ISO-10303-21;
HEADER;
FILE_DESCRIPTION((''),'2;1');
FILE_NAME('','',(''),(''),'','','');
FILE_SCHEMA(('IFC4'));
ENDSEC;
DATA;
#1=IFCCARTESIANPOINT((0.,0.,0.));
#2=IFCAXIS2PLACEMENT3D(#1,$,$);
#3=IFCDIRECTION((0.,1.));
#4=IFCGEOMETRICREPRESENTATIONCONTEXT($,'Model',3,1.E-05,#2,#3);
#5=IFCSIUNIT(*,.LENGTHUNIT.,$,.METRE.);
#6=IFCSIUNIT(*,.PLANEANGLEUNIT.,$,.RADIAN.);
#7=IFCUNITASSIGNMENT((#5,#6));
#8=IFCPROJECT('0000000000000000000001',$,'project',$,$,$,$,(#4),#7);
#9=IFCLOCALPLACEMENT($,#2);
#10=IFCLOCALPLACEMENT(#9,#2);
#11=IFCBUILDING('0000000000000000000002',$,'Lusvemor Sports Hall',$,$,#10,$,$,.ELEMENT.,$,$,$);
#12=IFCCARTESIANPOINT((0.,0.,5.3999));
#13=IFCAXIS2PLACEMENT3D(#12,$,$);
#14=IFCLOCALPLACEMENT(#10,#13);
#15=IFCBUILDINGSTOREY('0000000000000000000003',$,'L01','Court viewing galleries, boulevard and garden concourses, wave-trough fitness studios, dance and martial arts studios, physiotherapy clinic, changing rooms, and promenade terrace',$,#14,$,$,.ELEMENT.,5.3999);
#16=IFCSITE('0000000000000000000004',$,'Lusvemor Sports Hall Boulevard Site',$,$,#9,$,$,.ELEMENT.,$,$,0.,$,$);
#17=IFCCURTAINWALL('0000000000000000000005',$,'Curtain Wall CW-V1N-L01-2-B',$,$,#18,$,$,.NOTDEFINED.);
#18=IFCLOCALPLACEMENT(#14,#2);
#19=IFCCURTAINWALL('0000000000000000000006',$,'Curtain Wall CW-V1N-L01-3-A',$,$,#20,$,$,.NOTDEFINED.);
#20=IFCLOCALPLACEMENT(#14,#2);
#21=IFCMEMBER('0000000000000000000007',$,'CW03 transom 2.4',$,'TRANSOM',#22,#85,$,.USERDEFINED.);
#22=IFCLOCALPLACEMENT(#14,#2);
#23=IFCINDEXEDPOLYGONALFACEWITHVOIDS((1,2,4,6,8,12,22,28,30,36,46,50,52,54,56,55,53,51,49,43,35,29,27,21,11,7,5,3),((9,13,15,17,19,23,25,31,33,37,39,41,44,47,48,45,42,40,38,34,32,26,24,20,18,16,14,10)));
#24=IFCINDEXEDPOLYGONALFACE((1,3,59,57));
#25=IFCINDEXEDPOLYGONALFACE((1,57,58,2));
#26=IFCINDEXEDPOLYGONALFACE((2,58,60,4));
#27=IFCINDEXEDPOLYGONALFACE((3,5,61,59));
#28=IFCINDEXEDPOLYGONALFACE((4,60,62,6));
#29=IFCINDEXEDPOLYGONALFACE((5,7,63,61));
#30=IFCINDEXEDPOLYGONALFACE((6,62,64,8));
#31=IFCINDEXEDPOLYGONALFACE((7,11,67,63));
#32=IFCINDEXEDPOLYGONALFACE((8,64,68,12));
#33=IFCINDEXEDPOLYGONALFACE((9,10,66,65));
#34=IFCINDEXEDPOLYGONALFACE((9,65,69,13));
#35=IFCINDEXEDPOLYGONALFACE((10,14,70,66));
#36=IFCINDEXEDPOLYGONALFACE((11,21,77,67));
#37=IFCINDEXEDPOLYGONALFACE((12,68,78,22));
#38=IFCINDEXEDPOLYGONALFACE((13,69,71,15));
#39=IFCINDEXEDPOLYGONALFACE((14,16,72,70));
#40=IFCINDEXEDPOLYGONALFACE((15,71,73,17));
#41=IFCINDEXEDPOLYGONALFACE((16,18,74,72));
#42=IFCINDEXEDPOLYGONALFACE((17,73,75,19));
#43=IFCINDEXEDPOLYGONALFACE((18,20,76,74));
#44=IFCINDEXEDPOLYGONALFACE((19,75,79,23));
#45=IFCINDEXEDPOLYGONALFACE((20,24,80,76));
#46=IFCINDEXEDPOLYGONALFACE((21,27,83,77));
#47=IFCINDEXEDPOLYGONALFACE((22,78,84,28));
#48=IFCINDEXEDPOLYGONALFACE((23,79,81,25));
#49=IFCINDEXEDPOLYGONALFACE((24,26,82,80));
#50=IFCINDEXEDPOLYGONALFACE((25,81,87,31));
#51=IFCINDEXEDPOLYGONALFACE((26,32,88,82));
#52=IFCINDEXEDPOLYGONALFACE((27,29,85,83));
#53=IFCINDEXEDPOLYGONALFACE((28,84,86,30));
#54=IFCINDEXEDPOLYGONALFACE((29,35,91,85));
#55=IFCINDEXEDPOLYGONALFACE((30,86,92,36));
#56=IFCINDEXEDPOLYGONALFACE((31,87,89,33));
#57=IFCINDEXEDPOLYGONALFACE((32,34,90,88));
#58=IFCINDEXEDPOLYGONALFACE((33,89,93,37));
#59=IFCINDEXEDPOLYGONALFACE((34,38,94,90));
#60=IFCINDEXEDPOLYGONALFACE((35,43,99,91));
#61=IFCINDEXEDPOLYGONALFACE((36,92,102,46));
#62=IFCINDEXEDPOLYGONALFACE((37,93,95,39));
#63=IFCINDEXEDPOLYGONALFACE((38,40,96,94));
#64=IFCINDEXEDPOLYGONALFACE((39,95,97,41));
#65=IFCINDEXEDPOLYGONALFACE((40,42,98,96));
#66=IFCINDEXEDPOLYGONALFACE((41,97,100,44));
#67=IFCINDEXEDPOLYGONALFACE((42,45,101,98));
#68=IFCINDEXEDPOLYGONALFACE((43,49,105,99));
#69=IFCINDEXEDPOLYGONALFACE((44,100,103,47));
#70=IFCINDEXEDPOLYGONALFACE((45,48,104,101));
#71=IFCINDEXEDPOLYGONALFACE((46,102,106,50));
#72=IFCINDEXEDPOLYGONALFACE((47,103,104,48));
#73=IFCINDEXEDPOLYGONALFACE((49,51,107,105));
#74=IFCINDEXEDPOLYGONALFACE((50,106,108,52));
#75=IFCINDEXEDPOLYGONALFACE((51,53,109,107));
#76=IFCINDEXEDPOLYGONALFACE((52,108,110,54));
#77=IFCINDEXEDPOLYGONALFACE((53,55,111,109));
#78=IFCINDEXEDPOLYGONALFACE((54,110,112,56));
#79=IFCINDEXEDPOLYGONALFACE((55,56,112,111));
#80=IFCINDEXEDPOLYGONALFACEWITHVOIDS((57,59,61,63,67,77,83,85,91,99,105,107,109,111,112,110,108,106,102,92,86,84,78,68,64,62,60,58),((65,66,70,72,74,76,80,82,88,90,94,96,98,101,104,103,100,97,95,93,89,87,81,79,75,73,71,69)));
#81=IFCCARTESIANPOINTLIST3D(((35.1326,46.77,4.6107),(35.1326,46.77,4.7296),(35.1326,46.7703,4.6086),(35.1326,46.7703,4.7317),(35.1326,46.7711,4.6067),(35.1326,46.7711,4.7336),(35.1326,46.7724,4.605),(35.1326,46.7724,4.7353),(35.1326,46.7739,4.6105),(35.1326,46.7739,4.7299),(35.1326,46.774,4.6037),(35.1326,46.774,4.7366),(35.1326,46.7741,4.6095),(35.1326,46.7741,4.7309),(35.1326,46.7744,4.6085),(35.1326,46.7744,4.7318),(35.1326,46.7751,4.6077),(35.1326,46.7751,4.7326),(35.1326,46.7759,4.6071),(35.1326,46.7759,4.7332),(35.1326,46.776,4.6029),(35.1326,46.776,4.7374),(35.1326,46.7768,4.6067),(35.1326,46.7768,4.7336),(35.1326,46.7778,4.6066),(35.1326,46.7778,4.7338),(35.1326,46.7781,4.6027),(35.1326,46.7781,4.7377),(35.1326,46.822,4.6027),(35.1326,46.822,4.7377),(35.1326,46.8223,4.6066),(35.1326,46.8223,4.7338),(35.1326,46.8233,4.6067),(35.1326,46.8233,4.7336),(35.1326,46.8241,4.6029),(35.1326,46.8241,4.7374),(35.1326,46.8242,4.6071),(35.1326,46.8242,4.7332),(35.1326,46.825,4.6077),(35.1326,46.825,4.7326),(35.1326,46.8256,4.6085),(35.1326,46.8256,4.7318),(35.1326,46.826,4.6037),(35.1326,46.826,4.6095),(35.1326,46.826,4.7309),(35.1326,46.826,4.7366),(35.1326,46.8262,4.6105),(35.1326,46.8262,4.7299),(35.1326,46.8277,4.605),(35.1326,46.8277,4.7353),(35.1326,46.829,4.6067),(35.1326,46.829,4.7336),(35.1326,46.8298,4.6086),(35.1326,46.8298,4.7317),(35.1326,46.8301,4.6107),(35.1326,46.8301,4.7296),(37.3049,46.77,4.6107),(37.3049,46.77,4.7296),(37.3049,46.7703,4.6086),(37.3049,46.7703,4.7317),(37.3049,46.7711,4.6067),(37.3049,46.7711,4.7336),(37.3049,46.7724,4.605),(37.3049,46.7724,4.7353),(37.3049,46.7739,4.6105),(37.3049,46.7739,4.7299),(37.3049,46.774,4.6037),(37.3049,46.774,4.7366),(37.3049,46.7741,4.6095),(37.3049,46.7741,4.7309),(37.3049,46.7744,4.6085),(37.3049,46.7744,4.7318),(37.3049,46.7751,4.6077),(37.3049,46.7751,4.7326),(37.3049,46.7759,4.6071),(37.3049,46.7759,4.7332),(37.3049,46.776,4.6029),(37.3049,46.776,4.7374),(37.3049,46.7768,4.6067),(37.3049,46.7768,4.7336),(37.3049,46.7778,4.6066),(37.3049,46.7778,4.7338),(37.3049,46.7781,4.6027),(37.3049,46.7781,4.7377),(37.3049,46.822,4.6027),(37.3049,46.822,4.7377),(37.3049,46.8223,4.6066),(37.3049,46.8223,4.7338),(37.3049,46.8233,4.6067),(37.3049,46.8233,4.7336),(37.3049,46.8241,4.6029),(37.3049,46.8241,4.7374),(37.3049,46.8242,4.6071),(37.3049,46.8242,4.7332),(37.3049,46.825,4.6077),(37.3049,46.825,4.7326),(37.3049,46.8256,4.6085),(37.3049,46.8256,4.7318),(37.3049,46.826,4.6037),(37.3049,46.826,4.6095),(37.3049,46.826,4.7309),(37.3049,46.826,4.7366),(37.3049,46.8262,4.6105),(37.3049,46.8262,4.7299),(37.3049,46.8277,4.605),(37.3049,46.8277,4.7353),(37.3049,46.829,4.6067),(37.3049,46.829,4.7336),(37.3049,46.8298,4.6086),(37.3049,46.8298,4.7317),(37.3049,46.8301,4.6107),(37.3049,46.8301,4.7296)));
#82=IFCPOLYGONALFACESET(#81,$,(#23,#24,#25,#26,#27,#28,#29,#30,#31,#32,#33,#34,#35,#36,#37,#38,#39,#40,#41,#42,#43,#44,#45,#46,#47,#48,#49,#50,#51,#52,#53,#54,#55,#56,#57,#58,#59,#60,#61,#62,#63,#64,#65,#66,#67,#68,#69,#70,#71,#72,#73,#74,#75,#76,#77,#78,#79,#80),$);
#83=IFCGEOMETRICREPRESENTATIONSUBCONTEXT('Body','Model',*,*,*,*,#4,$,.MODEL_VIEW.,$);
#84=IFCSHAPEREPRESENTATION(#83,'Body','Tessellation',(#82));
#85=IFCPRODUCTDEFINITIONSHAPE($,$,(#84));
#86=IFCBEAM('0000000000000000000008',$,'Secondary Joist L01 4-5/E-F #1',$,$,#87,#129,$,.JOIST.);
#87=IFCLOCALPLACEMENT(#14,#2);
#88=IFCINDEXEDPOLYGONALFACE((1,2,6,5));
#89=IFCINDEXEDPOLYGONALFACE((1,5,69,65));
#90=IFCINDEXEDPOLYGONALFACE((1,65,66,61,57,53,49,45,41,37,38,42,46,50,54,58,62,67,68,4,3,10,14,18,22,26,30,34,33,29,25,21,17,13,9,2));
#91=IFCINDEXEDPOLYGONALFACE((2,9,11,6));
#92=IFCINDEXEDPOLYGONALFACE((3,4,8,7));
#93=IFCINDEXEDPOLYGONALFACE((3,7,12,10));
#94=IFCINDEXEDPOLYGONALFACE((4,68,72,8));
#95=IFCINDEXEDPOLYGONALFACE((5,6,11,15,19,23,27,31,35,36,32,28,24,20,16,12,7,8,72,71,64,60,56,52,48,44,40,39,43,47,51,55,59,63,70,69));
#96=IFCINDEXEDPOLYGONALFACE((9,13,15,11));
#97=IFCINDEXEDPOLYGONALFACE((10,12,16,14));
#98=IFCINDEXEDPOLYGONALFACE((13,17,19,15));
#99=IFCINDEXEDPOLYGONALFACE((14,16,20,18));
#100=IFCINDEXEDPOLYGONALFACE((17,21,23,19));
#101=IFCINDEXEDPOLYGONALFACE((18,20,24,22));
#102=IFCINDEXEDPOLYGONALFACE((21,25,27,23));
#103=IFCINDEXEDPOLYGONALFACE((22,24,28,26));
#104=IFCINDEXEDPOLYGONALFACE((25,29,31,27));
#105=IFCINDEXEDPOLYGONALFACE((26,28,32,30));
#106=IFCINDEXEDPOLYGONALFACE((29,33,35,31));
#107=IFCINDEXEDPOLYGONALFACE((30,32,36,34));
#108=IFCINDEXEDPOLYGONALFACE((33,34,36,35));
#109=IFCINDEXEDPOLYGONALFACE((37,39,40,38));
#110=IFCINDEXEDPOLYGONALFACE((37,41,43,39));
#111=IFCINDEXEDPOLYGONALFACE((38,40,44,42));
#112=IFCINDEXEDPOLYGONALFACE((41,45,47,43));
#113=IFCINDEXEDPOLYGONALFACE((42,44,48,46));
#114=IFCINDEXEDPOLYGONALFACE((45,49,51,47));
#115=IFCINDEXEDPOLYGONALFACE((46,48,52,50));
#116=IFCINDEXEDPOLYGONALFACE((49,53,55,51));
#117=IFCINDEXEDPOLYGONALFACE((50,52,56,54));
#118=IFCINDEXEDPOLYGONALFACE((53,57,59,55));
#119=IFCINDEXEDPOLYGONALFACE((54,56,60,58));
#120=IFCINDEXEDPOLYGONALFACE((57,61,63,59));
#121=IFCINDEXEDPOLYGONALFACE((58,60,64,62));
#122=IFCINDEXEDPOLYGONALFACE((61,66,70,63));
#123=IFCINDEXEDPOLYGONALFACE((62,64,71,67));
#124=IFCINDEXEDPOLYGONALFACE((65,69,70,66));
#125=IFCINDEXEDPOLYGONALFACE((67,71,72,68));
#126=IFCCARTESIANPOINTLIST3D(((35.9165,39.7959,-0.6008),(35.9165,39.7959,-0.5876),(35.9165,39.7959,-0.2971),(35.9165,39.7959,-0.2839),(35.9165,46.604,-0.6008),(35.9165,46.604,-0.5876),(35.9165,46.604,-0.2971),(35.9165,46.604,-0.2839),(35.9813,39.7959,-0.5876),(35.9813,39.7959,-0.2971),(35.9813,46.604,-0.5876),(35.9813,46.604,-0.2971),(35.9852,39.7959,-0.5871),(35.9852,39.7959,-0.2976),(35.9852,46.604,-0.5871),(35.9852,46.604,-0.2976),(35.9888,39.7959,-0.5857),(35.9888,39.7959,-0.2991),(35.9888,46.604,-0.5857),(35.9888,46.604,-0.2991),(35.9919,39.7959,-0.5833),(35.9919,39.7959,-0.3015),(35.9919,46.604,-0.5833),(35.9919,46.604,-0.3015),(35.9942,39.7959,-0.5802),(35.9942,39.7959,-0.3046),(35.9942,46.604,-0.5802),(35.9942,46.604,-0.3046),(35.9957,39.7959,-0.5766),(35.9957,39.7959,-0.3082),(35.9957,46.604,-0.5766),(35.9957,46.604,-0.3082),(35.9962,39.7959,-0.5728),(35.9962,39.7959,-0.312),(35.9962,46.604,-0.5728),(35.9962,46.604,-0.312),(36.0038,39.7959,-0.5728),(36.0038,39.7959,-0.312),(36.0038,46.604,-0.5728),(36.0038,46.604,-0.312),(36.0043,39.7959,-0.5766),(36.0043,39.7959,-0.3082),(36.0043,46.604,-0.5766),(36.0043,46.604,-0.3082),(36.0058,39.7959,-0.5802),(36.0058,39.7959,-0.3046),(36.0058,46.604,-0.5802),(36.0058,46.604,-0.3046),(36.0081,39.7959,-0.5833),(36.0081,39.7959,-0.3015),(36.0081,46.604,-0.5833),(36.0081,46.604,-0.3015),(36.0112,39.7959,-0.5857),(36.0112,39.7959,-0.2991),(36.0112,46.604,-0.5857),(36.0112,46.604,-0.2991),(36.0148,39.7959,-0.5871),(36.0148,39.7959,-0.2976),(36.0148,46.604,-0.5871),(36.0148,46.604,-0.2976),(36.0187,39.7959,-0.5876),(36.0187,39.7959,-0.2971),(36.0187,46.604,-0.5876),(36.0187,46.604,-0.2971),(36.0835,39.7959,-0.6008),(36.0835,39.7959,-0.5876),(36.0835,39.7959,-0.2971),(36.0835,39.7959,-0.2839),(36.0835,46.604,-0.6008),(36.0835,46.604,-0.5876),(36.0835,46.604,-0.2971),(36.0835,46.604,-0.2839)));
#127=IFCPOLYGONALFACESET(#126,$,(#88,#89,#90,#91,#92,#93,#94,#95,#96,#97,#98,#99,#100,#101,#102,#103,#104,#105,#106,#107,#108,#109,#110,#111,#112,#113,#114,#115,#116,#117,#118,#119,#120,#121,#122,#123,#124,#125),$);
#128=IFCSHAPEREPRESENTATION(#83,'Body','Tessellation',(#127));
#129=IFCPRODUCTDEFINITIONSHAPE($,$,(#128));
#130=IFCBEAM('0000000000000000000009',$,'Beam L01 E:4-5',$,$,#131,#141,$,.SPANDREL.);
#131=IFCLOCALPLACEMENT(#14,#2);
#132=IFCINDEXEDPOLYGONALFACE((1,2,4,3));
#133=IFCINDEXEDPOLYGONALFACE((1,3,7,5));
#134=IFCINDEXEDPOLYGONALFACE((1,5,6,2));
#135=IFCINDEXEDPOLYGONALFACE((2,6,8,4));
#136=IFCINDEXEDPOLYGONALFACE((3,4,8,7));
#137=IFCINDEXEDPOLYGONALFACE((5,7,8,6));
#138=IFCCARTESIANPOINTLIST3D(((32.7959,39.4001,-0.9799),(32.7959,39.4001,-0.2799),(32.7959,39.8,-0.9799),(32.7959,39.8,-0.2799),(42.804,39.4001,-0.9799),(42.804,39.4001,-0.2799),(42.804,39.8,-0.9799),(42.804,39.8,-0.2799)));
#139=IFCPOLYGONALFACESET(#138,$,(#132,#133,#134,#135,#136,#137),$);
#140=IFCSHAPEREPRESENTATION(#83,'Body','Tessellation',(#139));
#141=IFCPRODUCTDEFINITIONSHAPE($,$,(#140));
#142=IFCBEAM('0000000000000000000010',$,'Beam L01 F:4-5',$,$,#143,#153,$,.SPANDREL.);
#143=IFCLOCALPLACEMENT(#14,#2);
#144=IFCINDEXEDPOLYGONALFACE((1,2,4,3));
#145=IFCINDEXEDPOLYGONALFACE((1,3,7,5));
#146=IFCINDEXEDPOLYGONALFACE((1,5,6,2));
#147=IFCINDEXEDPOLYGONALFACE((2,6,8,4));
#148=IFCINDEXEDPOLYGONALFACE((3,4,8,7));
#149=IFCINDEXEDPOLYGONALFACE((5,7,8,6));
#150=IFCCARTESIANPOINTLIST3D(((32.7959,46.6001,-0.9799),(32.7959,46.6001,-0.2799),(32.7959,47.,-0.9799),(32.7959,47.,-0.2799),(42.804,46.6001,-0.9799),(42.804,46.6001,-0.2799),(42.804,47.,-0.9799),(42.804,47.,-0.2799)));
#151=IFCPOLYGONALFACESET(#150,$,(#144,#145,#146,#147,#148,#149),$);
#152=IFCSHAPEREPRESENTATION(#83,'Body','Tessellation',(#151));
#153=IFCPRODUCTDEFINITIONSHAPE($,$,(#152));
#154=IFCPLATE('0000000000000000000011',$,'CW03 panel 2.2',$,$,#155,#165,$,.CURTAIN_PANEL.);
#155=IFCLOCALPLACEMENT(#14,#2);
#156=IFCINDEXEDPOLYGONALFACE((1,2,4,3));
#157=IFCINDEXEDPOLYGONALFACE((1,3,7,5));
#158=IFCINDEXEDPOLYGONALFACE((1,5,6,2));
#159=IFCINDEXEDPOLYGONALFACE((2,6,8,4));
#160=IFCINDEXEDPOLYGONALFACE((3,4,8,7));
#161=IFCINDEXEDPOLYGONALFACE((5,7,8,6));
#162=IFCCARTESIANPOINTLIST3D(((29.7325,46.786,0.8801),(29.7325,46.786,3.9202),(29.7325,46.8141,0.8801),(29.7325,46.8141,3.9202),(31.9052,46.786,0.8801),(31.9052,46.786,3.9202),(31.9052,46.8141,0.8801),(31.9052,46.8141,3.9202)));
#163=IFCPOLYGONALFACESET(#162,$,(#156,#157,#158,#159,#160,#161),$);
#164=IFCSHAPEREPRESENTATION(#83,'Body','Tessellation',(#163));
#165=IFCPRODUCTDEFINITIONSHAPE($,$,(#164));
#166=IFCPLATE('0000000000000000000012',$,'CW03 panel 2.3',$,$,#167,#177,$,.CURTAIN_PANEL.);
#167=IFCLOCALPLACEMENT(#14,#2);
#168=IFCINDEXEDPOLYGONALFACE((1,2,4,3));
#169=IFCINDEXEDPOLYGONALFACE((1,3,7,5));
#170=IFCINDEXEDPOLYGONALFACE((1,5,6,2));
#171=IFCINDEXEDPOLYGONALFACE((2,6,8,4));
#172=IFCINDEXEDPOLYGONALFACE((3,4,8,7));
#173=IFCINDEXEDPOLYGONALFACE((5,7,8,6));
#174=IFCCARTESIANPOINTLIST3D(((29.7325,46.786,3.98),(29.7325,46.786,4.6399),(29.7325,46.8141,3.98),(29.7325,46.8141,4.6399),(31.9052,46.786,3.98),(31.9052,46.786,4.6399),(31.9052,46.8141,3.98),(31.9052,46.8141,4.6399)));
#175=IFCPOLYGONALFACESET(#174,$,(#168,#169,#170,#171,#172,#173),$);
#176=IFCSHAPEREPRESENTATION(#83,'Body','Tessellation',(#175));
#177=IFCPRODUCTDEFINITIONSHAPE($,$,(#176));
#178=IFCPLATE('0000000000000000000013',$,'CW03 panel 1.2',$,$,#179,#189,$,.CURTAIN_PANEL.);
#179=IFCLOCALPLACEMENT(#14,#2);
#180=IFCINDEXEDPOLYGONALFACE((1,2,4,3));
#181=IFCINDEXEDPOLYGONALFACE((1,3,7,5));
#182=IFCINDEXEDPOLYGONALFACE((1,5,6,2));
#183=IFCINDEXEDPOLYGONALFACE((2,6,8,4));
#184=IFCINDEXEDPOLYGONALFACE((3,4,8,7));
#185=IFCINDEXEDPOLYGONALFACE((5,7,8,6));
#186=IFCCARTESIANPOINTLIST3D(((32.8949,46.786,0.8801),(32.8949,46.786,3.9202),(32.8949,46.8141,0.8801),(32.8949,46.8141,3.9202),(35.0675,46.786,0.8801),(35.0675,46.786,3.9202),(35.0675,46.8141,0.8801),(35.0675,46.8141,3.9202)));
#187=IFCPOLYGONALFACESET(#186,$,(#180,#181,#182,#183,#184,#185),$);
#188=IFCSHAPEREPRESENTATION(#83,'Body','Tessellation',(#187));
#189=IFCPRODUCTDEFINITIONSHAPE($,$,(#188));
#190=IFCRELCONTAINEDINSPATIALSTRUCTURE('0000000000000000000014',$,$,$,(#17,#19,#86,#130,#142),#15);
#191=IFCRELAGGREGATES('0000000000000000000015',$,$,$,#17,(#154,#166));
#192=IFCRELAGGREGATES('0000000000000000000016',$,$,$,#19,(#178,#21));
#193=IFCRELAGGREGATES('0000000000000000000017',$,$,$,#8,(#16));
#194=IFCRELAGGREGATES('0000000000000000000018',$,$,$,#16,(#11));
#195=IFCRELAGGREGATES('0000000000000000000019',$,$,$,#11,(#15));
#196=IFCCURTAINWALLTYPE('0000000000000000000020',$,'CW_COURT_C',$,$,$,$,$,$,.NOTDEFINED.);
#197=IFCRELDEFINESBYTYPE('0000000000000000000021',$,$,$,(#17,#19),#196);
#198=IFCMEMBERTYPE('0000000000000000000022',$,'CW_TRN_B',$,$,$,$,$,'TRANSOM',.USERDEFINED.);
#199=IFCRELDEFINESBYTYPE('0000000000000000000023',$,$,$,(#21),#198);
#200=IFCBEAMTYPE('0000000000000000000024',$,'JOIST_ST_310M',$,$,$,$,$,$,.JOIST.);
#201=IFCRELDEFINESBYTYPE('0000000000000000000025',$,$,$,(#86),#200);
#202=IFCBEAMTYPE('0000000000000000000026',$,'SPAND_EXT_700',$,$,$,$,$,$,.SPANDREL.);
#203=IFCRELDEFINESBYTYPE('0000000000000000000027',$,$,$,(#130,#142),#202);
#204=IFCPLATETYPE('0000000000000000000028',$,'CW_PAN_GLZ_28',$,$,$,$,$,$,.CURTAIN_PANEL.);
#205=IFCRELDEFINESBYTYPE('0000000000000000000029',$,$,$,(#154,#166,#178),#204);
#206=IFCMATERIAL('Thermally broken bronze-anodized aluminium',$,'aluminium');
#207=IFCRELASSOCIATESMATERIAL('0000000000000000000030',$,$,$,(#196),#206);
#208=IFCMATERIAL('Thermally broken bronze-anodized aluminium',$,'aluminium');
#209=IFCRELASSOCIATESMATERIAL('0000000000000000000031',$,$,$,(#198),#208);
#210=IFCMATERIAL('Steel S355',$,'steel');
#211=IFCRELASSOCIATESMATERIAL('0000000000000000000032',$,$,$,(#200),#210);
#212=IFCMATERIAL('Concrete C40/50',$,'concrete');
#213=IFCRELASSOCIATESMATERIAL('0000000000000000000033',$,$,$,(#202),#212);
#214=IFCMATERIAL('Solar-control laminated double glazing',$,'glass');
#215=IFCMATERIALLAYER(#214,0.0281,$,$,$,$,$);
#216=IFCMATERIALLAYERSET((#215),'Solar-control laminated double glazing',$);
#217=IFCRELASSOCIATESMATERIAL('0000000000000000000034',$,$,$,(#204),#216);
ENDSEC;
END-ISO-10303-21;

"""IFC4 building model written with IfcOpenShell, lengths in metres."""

from ifc_helpers import new_model, si_unit, direction, frame, origin, origin_2d, place, context, subcontext, project, spatial, rectangle, hollow_rectangle, i_section, extrude, material, layer, layer_set, material_profile, profile_set, type_object, element, aggregate, save


model = new_model("IFC4")

# Units and contexts
model_context = context("Model", 3, precision=1e-05, world=origin(), true_north=direction((0.0, 1.0)))
body_context = subcontext(model_context, "Body", "Model", "MODEL_VIEW")
ifc_project = project(units=[si_unit("LENGTHUNIT", "METRE"), si_unit("PLANEANGLEUNIT", "RADIAN")], contexts=[model_context])

# Site, building, storey
site_placement = place(None, origin())
site = spatial("IfcSite", under=ifc_project, at=site_placement, Name="Lusvemor Sports Hall Boulevard Site", CompositionType="ELEMENT", RefElevation=0.0)
building_placement = place(site_placement, origin())
building = spatial("IfcBuilding", under=site, at=building_placement, Name="Lusvemor Sports Hall", CompositionType="ELEMENT")
storey_placement = place(building_placement, frame((0.0, 0.0, 5.3999)))
storey = spatial("IfcBuildingStorey", under=building, at=storey_placement, Name="L01", Description="Court viewing galleries, boulevard and garden concourses, wave-trough fitness studios, dance and martial arts studios, physiotherapy clinic, changing rooms, and promenade terrace", CompositionType="ELEMENT", Elevation=5.3999)

# Curtain wall
ifc_material_1 = material(Name="Thermally broken bronze-anodized aluminium", Category="aluminium")
curtain_wall_type = type_object("IfcCurtainWallType", Name="CW_COURT_C", PredefinedType="NOTDEFINED", material=ifc_material_1)
curtain_wall_1_placement = place(storey_placement, origin())
curtain_wall_1 = element("IfcCurtainWall", 1, at=curtain_wall_1_placement, inside=storey, type_object=curtain_wall_type, Name="Curtain Wall CW-V1N-L01-2-B", PredefinedType="NOTDEFINED")

# Curtain wall
curtain_wall_2_placement = place(storey_placement, origin())
curtain_wall_2 = element("IfcCurtainWall", 2, at=curtain_wall_2_placement, inside=storey, type_object=curtain_wall_type, Name="Curtain Wall CW-V1N-L01-3-A", PredefinedType="NOTDEFINED")

# Member
ifc_material_2 = material(Name="Thermally broken bronze-anodized aluminium", Category="aluminium")
ifc_material_profile_1 = material_profile(ifc_material_2, hollow_rectangle(XDim=0.0601, YDim=0.135, WallThickness=0.0039, InnerFilletRadius=0.0039, OuterFilletRadius=0.0081, at=origin_2d()), Name="CWTRN135x60x4")
ifc_profile_set_1 = profile_set([ifc_material_profile_1], Name="Thermally broken bronze-anodized aluminium")
member_type_1 = type_object("IfcMemberType", Name="CW_TRN_B", ElementType="TRANSOM", PredefinedType="USERDEFINED", material=ifc_profile_set_1)
member_1_placement = place(storey_placement, frame((35.1326, 46.8, 4.6702), z_axis=(1.0, 0.0, 0.0), x_axis=(0.0, 1.0, 0.0)))
member_1 = element("IfcMember", 3, at=member_1_placement, type_object=member_type_1, Name="CW03 transom 2.4", ObjectType="TRANSOM", PredefinedType="USERDEFINED", context=body_context, shape_type="SweptSolid", body=[
    extrude(hollow_rectangle(XDim=0.0601, YDim=0.135, WallThickness=0.0039, InnerFilletRadius=0.0039, OuterFilletRadius=0.0081, at=origin_2d()), origin(), (0.0, 0.0, 1.0), 2.1724),
])

# Beams
ifc_material_3 = material(Name="Steel S355", Category="steel")
ifc_material_profile_2 = material_profile(ifc_material_3, i_section(OverallWidth=0.167, OverallDepth=0.3169, WebThickness=0.0076, FlangeThickness=0.0132, FilletRadius=0.0149, at=origin_2d()), Name="W310x52.0")
ifc_profile_set_2 = profile_set([ifc_material_profile_2], Name="Steel S355")
beam_type_1 = type_object("IfcBeamType", Name="JOIST_ST_310M", PredefinedType="JOIST", material=ifc_profile_set_2)
beam_1_placement = place(storey_placement, frame((36.0, 39.7959, -0.4424), z_axis=(0.0, 1.0, 0.0), x_axis=(-1.0, 0.0, 0.0)))
element("IfcBeam", 4, at=beam_1_placement, inside=storey, type_object=beam_type_1, Name="Secondary Joist L01 4-5/E-F #1", PredefinedType="JOIST", context=body_context, shape_type="SweptSolid", body=[
    extrude(i_section(OverallWidth=0.167, OverallDepth=0.3169, WebThickness=0.0076, FlangeThickness=0.0132, FilletRadius=0.0149, at=origin_2d()), origin(), (0.0, 0.0, 1.0), 6.8081),
])
ifc_material_4 = material(Name="Concrete C40/50", Category="concrete")
ifc_material_profile_3 = material_profile(ifc_material_4, rectangle(XDim=0.3999, YDim=0.7, at=origin_2d()), Name="RC400x700")
ifc_profile_set_3 = profile_set([ifc_material_profile_3], Name="Concrete C40/50")
beam_type_2 = type_object("IfcBeamType", Name="SPAND_EXT_700", PredefinedType="SPANDREL", material=ifc_profile_set_3)
for number, where, z_axis, x_axis, name in (
    (5, (32.7959, 39.6001, -0.6299), (1.0, 0.0, 0.0), (0.0, 1.0, 0.0), "Beam L01 E:4-5"),
    (6, (32.7959, 46.8, -0.6299), (1.0, 0.0, 0.0), (0.0, 1.0, 0.0), "Beam L01 F:4-5"),
):
    element("IfcBeam", number, at=place(storey_placement, frame(where, z_axis=z_axis, x_axis=x_axis)), inside=storey, type_object=beam_type_2, Name=name, PredefinedType="SPANDREL", context=body_context, shape_type="SweptSolid", body=[
        extrude(rectangle(XDim=0.3999, YDim=0.7, at=origin_2d()), origin(), (0.0, 0.0, 1.0), 10.0081),
    ])

# Plates
ifc_material_5 = material(Name="Solar-control laminated double glazing", Category="glass")
ifc_layer_1 = layer(ifc_material_5, 0.0281)
ifc_layer_set_1 = layer_set([ifc_layer_1], Name="Solar-control laminated double glazing")
plate_type_1 = type_object("IfcPlateType", Name="CW_PAN_GLZ_28", PredefinedType="CURTAIN_PANEL", material=ifc_layer_set_1)
plate_1_placement = place(storey_placement, frame((30.8188, 46.8, 0.8801), z_axis=(0.0, 0.0, 1.0), x_axis=(1.0, 0.0, 0.0)))
plate_1 = element("IfcPlate", 7, at=plate_1_placement, type_object=plate_type_1, Name="CW03 panel 2.2", PredefinedType="CURTAIN_PANEL", context=body_context, shape_type="SweptSolid", body=[
    extrude(rectangle(XDim=2.1726, YDim=0.0281, at=origin_2d()), origin(), (0.0, 0.0, 1.0), 3.04),
])
plate_2_placement = place(storey_placement, frame((30.8188, 46.8, 3.98), z_axis=(0.0, 0.0, 1.0), x_axis=(1.0, 0.0, 0.0)))
plate_2 = element("IfcPlate", 8, at=plate_2_placement, type_object=plate_type_1, Name="CW03 panel 2.3", PredefinedType="CURTAIN_PANEL", context=body_context, shape_type="SweptSolid", body=[
    extrude(rectangle(XDim=2.1726, YDim=0.0281, at=origin_2d()), origin(), (0.0, 0.0, 1.0), 0.6599),
])
plate_3_placement = place(storey_placement, frame((33.9812, 46.8, 0.8801), z_axis=(0.0, 0.0, 1.0), x_axis=(1.0, 0.0, 0.0)))
plate_3 = element("IfcPlate", 9, at=plate_3_placement, type_object=plate_type_1, Name="CW03 panel 1.2", PredefinedType="CURTAIN_PANEL", context=body_context, shape_type="SweptSolid", body=[
    extrude(rectangle(XDim=2.1726, YDim=0.0281, at=origin_2d()), origin(), (0.0, 0.0, 1.0), 3.04),
])
aggregate(curtain_wall_1, [plate_1, plate_2])
aggregate(curtain_wall_2, [plate_3, member_1])

save(model, "model.ifc")
